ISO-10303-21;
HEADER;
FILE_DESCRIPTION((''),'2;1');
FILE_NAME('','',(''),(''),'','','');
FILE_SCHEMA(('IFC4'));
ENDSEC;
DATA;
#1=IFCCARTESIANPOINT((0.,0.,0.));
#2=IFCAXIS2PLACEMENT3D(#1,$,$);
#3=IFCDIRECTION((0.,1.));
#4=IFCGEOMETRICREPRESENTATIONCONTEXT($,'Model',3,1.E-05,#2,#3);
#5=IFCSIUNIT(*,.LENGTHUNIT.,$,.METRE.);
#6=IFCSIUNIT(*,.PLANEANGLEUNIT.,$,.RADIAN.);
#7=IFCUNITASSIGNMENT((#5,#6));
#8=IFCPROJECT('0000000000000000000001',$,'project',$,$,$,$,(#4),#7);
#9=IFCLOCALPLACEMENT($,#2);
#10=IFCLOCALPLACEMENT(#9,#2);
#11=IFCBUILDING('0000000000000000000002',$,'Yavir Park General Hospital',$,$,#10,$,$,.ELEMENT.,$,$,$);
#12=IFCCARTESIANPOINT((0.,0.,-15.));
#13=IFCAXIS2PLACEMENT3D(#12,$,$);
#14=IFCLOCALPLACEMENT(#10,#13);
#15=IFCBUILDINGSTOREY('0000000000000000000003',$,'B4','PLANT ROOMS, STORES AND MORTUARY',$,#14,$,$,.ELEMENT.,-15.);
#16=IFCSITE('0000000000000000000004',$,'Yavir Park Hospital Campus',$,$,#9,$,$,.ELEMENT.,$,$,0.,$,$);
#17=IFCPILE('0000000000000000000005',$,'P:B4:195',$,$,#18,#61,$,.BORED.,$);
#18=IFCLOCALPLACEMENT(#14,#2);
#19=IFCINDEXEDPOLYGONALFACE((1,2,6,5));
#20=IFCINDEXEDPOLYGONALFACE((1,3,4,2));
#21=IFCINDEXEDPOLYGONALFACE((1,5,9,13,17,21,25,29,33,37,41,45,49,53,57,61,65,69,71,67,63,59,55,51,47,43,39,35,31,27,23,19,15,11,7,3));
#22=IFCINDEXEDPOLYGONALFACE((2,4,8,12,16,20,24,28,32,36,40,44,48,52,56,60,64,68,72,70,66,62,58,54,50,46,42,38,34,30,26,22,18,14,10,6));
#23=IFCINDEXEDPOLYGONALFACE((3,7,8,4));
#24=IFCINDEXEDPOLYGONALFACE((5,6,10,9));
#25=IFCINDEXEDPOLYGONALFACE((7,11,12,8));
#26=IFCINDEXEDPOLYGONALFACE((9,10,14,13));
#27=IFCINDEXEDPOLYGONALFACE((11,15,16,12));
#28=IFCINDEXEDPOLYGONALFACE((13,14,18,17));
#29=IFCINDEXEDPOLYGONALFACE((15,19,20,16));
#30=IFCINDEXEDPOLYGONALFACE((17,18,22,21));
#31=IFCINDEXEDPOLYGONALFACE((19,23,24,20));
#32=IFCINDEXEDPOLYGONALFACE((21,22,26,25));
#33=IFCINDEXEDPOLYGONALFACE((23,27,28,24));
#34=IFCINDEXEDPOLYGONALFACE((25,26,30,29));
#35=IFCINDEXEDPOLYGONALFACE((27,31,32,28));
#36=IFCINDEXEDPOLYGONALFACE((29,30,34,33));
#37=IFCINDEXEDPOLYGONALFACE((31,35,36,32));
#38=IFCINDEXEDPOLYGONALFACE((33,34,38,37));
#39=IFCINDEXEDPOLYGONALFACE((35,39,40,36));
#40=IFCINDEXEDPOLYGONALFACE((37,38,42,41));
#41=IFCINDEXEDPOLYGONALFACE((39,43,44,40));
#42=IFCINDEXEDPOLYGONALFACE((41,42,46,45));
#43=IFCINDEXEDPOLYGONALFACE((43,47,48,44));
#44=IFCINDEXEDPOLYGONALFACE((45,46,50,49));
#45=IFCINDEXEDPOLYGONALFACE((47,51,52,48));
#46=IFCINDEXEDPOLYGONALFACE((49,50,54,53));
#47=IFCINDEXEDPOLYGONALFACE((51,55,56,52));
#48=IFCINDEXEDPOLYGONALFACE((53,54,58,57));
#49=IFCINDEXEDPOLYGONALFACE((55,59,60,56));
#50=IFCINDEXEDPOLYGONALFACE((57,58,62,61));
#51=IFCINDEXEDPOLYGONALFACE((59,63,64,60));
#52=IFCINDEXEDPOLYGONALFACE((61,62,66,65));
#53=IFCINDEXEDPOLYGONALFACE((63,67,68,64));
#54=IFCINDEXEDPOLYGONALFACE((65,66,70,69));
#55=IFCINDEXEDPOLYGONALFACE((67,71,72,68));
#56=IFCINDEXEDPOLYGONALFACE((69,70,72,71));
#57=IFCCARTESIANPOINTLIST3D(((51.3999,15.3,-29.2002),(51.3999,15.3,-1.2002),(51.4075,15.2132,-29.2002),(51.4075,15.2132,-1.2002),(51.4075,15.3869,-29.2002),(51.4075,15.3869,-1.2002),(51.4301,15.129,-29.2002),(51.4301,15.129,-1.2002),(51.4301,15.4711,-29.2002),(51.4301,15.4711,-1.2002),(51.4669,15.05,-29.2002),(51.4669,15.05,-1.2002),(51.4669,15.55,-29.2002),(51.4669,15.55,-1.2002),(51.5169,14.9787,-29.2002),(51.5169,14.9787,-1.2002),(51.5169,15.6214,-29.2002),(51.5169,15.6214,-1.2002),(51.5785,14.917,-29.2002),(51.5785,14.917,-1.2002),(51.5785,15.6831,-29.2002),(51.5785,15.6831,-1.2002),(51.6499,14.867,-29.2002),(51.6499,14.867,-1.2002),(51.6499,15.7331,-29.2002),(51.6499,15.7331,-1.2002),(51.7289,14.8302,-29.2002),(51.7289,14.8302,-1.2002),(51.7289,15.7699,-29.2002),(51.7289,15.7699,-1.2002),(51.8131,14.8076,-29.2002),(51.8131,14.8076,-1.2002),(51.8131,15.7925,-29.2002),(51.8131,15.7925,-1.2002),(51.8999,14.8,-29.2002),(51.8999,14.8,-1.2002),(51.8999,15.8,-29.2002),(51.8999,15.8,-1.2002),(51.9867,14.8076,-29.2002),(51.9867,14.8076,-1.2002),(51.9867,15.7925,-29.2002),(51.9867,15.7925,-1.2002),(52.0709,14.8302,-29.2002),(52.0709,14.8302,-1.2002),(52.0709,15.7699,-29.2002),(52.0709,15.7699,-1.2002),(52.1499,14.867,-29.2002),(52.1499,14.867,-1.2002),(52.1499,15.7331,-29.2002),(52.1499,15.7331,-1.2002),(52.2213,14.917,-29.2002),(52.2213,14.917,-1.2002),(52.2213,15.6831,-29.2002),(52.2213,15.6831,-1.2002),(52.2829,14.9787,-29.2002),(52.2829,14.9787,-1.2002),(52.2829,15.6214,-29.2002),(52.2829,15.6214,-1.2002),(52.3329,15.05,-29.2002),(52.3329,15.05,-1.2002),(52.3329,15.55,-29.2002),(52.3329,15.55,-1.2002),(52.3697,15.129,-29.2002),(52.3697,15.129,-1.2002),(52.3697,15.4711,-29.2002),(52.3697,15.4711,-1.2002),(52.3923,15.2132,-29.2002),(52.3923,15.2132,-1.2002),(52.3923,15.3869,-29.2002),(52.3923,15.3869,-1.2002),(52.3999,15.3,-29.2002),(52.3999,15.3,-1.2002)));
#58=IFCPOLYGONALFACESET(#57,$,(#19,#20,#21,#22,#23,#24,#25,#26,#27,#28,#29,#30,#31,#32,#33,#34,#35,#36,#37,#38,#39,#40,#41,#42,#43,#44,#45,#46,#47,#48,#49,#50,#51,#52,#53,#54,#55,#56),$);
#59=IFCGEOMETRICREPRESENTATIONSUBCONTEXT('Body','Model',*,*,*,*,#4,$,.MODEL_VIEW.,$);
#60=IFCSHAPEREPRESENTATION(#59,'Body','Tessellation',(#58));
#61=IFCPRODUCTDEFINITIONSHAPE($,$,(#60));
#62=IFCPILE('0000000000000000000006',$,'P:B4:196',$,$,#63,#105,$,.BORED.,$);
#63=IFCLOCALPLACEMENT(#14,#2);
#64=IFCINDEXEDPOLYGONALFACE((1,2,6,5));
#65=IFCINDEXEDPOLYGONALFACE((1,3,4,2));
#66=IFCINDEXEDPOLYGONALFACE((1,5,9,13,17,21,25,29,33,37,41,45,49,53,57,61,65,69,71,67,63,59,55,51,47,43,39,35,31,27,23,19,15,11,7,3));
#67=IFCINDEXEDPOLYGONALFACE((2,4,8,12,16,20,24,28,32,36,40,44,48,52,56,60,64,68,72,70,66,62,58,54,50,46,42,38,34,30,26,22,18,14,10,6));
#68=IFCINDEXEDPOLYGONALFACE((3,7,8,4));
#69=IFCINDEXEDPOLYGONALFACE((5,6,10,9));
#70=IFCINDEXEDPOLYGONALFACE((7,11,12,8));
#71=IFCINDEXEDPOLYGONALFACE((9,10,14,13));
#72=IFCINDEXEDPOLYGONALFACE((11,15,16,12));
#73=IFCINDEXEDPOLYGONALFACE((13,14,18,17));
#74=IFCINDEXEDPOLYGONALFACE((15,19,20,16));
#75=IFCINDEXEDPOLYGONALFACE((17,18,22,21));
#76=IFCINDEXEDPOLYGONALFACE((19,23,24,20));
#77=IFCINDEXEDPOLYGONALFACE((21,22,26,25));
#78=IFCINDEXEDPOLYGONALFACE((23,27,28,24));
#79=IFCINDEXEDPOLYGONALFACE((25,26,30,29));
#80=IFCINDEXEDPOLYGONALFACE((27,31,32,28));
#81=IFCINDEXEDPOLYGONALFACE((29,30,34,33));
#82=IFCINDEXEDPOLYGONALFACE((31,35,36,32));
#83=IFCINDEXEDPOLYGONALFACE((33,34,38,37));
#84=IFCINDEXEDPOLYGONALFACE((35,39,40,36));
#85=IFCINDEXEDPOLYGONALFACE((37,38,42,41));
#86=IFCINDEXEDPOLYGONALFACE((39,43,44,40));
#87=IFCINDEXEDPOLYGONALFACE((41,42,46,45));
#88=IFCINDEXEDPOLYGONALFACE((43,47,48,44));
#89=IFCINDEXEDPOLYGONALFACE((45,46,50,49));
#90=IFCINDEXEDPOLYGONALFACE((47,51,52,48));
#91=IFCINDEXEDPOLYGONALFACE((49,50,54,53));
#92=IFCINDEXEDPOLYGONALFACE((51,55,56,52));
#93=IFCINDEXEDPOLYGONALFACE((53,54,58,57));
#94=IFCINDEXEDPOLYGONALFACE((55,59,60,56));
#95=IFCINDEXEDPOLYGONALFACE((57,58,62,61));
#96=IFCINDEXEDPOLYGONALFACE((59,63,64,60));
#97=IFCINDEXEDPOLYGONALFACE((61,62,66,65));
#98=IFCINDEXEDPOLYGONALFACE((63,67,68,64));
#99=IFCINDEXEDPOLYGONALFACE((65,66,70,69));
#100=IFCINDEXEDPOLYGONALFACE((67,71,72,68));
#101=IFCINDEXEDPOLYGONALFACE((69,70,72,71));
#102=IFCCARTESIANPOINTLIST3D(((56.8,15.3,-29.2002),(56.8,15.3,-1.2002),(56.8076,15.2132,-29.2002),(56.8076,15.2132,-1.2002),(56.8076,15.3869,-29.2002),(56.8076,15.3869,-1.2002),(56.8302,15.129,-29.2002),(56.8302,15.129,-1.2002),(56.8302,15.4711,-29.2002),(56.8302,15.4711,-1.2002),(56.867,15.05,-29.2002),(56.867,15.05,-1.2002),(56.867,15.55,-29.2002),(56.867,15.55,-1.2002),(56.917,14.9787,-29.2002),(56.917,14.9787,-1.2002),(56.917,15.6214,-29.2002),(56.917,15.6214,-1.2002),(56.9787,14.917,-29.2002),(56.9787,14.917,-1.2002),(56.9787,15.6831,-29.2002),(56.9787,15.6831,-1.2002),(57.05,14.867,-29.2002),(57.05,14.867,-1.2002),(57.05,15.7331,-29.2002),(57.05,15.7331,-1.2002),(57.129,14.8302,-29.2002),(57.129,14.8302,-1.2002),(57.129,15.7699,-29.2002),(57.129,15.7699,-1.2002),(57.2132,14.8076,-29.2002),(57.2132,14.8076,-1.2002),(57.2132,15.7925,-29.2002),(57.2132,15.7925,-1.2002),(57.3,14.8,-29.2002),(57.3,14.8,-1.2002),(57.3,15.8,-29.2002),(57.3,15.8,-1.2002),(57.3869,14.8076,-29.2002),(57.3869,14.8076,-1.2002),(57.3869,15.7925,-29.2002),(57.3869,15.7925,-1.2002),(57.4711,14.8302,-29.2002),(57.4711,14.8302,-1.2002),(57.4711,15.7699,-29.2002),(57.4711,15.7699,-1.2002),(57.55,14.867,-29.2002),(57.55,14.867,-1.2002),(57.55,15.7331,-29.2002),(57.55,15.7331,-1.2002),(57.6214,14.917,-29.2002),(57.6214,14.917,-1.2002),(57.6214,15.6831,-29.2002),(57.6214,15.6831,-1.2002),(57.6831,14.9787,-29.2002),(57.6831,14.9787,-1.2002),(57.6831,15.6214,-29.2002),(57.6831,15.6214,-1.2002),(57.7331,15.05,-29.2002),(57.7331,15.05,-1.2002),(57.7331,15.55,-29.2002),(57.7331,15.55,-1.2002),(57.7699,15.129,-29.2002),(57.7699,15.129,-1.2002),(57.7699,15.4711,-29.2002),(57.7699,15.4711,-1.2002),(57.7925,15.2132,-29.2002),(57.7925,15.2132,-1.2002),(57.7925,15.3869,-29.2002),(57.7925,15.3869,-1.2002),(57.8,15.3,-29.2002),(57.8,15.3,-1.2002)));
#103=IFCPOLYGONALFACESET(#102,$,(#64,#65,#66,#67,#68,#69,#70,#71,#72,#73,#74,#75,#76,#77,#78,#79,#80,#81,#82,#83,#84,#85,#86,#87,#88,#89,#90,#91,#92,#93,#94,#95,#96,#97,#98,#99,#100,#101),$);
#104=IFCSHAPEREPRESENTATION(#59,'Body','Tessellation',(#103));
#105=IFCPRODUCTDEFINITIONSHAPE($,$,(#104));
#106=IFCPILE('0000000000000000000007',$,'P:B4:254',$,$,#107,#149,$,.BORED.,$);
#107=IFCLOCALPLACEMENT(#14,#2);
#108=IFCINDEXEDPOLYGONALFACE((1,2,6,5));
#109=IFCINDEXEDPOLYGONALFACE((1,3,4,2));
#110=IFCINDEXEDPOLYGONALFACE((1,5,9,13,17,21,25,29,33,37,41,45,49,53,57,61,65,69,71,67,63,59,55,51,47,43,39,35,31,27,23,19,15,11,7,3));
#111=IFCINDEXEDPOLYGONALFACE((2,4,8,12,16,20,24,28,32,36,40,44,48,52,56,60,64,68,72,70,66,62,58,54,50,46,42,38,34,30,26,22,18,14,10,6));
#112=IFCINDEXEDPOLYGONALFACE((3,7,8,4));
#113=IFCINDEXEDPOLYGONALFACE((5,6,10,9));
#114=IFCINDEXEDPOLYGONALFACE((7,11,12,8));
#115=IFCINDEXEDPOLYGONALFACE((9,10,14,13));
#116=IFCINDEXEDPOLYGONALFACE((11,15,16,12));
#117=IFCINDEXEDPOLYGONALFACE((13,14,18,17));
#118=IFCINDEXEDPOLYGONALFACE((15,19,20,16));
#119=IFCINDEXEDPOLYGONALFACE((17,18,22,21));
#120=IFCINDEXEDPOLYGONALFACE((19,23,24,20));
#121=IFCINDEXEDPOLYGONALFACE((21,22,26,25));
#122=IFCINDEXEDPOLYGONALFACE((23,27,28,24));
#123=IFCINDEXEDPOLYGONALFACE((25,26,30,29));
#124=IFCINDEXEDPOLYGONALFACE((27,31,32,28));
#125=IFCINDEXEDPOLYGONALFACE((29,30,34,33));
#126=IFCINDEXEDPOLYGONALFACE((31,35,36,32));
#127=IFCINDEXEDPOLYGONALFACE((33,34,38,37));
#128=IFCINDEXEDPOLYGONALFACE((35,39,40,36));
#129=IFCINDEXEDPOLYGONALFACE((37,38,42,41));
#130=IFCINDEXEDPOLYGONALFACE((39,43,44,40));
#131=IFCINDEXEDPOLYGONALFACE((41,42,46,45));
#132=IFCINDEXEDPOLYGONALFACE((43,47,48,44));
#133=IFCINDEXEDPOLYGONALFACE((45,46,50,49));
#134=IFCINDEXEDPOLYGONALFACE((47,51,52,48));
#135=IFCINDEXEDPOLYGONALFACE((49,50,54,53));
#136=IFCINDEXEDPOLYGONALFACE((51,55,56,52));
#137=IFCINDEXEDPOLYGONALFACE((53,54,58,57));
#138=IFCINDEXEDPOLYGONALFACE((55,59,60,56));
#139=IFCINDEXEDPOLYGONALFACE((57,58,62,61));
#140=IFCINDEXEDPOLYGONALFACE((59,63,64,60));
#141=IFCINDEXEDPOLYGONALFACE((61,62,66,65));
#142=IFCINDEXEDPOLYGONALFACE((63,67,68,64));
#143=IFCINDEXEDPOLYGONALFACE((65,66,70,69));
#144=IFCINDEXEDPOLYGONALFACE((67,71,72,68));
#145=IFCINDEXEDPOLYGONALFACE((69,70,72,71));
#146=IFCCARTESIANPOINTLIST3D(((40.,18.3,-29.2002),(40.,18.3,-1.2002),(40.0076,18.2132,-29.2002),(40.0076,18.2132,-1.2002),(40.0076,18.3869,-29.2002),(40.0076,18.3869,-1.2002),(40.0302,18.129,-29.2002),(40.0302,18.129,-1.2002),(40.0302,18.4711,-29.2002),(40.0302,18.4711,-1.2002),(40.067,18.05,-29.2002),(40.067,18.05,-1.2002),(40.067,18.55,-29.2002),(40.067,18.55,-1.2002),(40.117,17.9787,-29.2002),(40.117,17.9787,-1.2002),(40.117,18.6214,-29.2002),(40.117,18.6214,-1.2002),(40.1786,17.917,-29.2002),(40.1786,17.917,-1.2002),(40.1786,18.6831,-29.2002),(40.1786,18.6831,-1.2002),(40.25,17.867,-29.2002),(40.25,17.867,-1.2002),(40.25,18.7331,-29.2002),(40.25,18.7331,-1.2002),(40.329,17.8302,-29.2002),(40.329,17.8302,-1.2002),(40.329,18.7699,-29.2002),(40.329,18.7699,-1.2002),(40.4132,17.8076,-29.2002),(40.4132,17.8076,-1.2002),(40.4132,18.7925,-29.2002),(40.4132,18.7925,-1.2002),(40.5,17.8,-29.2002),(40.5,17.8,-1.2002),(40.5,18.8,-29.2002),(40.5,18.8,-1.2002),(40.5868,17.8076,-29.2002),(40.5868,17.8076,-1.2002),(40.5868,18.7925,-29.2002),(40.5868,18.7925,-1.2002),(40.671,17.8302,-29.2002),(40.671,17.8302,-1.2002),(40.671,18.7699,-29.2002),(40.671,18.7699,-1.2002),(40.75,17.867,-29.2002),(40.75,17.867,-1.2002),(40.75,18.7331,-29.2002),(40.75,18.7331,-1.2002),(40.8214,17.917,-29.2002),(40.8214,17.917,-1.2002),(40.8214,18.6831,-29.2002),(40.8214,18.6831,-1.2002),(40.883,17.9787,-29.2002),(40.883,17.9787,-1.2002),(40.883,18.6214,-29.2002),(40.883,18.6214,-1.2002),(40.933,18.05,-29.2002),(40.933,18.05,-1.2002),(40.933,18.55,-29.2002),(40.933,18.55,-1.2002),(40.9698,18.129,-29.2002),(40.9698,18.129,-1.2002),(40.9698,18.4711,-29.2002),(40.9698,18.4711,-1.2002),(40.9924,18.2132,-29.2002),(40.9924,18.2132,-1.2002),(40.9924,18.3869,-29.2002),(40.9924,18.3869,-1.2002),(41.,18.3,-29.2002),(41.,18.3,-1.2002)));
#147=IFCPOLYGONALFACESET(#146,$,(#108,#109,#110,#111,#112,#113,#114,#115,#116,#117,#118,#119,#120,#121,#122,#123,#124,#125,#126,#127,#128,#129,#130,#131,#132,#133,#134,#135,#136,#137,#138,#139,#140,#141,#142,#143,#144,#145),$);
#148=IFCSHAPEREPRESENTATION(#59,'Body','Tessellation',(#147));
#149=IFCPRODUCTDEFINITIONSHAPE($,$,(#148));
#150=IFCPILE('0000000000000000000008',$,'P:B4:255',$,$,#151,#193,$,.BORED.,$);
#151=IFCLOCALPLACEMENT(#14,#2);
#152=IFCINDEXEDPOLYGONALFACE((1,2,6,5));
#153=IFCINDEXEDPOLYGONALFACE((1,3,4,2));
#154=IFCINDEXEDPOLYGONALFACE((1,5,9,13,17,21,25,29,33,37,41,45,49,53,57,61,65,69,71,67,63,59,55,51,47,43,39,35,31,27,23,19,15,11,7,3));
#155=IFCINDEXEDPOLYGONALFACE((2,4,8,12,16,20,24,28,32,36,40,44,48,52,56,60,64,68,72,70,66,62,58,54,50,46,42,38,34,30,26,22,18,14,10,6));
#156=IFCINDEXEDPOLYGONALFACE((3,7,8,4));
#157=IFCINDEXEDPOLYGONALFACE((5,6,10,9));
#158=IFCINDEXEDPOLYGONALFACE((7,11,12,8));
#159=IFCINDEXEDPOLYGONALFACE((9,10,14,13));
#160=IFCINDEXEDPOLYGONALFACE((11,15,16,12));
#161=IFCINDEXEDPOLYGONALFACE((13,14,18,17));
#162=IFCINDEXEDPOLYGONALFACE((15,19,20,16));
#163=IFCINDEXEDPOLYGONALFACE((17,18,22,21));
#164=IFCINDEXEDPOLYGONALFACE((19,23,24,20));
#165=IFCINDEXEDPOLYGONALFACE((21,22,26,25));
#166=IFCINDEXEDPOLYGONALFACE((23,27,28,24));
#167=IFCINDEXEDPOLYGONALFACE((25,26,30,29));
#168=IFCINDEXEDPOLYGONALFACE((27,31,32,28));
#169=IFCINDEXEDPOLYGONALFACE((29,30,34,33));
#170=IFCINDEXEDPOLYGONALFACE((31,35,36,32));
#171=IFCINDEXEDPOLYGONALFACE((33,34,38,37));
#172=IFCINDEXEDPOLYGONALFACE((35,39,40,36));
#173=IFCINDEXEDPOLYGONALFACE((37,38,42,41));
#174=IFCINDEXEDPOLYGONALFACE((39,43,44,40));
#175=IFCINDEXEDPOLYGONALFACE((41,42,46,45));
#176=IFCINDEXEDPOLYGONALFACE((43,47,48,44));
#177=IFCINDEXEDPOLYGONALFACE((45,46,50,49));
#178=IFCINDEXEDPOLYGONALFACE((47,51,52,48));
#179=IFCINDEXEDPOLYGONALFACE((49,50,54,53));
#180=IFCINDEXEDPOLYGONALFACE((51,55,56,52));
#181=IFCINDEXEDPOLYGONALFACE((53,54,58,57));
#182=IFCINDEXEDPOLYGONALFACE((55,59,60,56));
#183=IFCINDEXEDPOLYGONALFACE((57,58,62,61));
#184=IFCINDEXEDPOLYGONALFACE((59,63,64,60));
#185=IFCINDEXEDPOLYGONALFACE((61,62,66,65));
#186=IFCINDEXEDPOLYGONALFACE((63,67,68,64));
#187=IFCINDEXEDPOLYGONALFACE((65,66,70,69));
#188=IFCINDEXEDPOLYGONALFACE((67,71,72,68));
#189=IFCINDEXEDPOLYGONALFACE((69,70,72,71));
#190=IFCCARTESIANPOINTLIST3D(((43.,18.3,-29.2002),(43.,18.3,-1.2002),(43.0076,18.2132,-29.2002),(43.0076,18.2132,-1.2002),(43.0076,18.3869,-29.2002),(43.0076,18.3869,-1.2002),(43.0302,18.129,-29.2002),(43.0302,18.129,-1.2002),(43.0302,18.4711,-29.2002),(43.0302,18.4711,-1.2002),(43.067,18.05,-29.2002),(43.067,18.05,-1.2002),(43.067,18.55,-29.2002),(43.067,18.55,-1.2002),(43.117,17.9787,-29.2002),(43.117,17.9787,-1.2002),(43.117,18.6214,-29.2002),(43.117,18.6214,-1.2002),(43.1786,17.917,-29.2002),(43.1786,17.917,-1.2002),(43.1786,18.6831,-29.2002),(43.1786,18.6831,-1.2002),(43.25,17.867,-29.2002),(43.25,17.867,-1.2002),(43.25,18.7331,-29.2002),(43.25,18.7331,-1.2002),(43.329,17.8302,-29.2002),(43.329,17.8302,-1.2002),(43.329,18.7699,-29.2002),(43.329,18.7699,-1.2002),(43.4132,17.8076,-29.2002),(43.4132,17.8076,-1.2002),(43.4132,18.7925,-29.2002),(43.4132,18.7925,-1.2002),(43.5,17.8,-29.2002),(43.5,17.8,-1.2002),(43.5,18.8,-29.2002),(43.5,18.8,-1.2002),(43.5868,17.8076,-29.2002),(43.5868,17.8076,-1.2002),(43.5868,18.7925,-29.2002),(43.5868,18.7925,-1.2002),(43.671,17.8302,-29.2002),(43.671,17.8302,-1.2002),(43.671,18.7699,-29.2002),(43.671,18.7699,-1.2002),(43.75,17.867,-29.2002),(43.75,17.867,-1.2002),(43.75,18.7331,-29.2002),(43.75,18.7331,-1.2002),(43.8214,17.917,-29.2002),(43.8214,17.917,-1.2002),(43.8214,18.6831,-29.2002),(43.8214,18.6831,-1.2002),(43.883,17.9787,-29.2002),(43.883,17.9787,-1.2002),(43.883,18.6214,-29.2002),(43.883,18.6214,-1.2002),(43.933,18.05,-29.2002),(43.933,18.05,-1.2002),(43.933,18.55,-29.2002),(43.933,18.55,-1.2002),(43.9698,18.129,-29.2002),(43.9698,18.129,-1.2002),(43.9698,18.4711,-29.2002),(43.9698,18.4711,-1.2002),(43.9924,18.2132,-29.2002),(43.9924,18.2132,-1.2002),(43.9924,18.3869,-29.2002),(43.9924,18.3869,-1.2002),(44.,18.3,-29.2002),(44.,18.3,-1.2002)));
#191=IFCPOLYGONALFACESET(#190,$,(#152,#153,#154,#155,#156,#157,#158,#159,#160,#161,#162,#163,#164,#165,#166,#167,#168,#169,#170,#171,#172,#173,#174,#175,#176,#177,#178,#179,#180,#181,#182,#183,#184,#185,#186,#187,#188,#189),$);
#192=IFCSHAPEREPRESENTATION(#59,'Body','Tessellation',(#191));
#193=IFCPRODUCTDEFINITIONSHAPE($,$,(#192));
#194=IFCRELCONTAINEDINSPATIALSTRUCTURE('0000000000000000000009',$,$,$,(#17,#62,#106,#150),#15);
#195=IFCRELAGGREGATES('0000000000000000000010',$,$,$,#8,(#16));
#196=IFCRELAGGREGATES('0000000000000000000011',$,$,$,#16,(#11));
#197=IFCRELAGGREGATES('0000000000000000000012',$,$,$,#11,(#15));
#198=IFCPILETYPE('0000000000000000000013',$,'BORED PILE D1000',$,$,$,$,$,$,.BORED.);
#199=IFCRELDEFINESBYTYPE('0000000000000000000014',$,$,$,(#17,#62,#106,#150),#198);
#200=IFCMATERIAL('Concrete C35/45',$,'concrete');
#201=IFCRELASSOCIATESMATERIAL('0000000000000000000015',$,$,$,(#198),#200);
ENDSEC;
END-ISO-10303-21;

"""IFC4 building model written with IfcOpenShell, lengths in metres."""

from ifc_helpers import new_model, si_unit, direction, frame, origin, origin_2d, place, context, subcontext, project, spatial, circle, extrude, material, material_profile, profile_set, type_object, element, save


model = new_model("IFC4")

# Units and contexts
model_context = context("Model", 3, precision=1e-05, world=origin(), true_north=direction((0.0, 1.0)))
body_context = subcontext(model_context, "Body", "Model", "MODEL_VIEW")
ifc_project = project(units=[si_unit("LENGTHUNIT", "METRE"), si_unit("PLANEANGLEUNIT", "RADIAN")], contexts=[model_context])

# Site, building, storey
site_placement = place(None, origin())
site = spatial("IfcSite", under=ifc_project, at=site_placement, Name="Yavir Park Hospital Campus", CompositionType="ELEMENT", RefElevation=0.0)
building_placement = place(site_placement, origin())
building = spatial("IfcBuilding", under=site, at=building_placement, Name="Yavir Park General Hospital", CompositionType="ELEMENT")
storey_placement = place(building_placement, frame((0.0, 0.0, -15.0)))
storey = spatial("IfcBuildingStorey", under=building, at=storey_placement, Name="B4", Description="PLANT ROOMS, STORES AND MORTUARY", CompositionType="ELEMENT", Elevation=-15.0)

# Piles
ifc_material_1 = material(Name="Concrete C35/45", Category="concrete")
ifc_material_profile_1 = material_profile(ifc_material_1, circle(Radius=0.5, at=origin_2d()), Name="D1000")
ifc_profile_set_1 = profile_set([ifc_material_profile_1], Name="Concrete C35/45")
pile_type = type_object("IfcPileType", Name="BORED PILE D1000", PredefinedType="BORED", material=ifc_profile_set_1)
for number, where, z_axis, x_axis, name in (
    (1, (51.8999, 15.3, -1.2002), (0.0, 0.0, -1.0), (1.0, 0.0, 0.0), "P:B4:195"),
    (2, (57.3, 15.3, -1.2002), (0.0, 0.0, -1.0), (1.0, 0.0, 0.0), "P:B4:196"),
    (3, (40.5, 18.3, -1.2002), (0.0, 0.0, -1.0), (1.0, 0.0, 0.0), "P:B4:254"),
    (4, (43.5, 18.3, -1.2002), (0.0, 0.0, -1.0), (1.0, 0.0, 0.0), "P:B4:255"),
):
    element("IfcPile", number, at=place(storey_placement, frame(where, z_axis=z_axis, x_axis=x_axis)), inside=storey, type_object=pile_type, Name=name, PredefinedType="BORED", context=body_context, shape_type="SweptSolid", body=[
        extrude(circle(Radius=0.5, at=origin_2d()), origin(), (0.0, 0.0, 1.0), 28.0),
    ])

save(model, "model.ifc")
